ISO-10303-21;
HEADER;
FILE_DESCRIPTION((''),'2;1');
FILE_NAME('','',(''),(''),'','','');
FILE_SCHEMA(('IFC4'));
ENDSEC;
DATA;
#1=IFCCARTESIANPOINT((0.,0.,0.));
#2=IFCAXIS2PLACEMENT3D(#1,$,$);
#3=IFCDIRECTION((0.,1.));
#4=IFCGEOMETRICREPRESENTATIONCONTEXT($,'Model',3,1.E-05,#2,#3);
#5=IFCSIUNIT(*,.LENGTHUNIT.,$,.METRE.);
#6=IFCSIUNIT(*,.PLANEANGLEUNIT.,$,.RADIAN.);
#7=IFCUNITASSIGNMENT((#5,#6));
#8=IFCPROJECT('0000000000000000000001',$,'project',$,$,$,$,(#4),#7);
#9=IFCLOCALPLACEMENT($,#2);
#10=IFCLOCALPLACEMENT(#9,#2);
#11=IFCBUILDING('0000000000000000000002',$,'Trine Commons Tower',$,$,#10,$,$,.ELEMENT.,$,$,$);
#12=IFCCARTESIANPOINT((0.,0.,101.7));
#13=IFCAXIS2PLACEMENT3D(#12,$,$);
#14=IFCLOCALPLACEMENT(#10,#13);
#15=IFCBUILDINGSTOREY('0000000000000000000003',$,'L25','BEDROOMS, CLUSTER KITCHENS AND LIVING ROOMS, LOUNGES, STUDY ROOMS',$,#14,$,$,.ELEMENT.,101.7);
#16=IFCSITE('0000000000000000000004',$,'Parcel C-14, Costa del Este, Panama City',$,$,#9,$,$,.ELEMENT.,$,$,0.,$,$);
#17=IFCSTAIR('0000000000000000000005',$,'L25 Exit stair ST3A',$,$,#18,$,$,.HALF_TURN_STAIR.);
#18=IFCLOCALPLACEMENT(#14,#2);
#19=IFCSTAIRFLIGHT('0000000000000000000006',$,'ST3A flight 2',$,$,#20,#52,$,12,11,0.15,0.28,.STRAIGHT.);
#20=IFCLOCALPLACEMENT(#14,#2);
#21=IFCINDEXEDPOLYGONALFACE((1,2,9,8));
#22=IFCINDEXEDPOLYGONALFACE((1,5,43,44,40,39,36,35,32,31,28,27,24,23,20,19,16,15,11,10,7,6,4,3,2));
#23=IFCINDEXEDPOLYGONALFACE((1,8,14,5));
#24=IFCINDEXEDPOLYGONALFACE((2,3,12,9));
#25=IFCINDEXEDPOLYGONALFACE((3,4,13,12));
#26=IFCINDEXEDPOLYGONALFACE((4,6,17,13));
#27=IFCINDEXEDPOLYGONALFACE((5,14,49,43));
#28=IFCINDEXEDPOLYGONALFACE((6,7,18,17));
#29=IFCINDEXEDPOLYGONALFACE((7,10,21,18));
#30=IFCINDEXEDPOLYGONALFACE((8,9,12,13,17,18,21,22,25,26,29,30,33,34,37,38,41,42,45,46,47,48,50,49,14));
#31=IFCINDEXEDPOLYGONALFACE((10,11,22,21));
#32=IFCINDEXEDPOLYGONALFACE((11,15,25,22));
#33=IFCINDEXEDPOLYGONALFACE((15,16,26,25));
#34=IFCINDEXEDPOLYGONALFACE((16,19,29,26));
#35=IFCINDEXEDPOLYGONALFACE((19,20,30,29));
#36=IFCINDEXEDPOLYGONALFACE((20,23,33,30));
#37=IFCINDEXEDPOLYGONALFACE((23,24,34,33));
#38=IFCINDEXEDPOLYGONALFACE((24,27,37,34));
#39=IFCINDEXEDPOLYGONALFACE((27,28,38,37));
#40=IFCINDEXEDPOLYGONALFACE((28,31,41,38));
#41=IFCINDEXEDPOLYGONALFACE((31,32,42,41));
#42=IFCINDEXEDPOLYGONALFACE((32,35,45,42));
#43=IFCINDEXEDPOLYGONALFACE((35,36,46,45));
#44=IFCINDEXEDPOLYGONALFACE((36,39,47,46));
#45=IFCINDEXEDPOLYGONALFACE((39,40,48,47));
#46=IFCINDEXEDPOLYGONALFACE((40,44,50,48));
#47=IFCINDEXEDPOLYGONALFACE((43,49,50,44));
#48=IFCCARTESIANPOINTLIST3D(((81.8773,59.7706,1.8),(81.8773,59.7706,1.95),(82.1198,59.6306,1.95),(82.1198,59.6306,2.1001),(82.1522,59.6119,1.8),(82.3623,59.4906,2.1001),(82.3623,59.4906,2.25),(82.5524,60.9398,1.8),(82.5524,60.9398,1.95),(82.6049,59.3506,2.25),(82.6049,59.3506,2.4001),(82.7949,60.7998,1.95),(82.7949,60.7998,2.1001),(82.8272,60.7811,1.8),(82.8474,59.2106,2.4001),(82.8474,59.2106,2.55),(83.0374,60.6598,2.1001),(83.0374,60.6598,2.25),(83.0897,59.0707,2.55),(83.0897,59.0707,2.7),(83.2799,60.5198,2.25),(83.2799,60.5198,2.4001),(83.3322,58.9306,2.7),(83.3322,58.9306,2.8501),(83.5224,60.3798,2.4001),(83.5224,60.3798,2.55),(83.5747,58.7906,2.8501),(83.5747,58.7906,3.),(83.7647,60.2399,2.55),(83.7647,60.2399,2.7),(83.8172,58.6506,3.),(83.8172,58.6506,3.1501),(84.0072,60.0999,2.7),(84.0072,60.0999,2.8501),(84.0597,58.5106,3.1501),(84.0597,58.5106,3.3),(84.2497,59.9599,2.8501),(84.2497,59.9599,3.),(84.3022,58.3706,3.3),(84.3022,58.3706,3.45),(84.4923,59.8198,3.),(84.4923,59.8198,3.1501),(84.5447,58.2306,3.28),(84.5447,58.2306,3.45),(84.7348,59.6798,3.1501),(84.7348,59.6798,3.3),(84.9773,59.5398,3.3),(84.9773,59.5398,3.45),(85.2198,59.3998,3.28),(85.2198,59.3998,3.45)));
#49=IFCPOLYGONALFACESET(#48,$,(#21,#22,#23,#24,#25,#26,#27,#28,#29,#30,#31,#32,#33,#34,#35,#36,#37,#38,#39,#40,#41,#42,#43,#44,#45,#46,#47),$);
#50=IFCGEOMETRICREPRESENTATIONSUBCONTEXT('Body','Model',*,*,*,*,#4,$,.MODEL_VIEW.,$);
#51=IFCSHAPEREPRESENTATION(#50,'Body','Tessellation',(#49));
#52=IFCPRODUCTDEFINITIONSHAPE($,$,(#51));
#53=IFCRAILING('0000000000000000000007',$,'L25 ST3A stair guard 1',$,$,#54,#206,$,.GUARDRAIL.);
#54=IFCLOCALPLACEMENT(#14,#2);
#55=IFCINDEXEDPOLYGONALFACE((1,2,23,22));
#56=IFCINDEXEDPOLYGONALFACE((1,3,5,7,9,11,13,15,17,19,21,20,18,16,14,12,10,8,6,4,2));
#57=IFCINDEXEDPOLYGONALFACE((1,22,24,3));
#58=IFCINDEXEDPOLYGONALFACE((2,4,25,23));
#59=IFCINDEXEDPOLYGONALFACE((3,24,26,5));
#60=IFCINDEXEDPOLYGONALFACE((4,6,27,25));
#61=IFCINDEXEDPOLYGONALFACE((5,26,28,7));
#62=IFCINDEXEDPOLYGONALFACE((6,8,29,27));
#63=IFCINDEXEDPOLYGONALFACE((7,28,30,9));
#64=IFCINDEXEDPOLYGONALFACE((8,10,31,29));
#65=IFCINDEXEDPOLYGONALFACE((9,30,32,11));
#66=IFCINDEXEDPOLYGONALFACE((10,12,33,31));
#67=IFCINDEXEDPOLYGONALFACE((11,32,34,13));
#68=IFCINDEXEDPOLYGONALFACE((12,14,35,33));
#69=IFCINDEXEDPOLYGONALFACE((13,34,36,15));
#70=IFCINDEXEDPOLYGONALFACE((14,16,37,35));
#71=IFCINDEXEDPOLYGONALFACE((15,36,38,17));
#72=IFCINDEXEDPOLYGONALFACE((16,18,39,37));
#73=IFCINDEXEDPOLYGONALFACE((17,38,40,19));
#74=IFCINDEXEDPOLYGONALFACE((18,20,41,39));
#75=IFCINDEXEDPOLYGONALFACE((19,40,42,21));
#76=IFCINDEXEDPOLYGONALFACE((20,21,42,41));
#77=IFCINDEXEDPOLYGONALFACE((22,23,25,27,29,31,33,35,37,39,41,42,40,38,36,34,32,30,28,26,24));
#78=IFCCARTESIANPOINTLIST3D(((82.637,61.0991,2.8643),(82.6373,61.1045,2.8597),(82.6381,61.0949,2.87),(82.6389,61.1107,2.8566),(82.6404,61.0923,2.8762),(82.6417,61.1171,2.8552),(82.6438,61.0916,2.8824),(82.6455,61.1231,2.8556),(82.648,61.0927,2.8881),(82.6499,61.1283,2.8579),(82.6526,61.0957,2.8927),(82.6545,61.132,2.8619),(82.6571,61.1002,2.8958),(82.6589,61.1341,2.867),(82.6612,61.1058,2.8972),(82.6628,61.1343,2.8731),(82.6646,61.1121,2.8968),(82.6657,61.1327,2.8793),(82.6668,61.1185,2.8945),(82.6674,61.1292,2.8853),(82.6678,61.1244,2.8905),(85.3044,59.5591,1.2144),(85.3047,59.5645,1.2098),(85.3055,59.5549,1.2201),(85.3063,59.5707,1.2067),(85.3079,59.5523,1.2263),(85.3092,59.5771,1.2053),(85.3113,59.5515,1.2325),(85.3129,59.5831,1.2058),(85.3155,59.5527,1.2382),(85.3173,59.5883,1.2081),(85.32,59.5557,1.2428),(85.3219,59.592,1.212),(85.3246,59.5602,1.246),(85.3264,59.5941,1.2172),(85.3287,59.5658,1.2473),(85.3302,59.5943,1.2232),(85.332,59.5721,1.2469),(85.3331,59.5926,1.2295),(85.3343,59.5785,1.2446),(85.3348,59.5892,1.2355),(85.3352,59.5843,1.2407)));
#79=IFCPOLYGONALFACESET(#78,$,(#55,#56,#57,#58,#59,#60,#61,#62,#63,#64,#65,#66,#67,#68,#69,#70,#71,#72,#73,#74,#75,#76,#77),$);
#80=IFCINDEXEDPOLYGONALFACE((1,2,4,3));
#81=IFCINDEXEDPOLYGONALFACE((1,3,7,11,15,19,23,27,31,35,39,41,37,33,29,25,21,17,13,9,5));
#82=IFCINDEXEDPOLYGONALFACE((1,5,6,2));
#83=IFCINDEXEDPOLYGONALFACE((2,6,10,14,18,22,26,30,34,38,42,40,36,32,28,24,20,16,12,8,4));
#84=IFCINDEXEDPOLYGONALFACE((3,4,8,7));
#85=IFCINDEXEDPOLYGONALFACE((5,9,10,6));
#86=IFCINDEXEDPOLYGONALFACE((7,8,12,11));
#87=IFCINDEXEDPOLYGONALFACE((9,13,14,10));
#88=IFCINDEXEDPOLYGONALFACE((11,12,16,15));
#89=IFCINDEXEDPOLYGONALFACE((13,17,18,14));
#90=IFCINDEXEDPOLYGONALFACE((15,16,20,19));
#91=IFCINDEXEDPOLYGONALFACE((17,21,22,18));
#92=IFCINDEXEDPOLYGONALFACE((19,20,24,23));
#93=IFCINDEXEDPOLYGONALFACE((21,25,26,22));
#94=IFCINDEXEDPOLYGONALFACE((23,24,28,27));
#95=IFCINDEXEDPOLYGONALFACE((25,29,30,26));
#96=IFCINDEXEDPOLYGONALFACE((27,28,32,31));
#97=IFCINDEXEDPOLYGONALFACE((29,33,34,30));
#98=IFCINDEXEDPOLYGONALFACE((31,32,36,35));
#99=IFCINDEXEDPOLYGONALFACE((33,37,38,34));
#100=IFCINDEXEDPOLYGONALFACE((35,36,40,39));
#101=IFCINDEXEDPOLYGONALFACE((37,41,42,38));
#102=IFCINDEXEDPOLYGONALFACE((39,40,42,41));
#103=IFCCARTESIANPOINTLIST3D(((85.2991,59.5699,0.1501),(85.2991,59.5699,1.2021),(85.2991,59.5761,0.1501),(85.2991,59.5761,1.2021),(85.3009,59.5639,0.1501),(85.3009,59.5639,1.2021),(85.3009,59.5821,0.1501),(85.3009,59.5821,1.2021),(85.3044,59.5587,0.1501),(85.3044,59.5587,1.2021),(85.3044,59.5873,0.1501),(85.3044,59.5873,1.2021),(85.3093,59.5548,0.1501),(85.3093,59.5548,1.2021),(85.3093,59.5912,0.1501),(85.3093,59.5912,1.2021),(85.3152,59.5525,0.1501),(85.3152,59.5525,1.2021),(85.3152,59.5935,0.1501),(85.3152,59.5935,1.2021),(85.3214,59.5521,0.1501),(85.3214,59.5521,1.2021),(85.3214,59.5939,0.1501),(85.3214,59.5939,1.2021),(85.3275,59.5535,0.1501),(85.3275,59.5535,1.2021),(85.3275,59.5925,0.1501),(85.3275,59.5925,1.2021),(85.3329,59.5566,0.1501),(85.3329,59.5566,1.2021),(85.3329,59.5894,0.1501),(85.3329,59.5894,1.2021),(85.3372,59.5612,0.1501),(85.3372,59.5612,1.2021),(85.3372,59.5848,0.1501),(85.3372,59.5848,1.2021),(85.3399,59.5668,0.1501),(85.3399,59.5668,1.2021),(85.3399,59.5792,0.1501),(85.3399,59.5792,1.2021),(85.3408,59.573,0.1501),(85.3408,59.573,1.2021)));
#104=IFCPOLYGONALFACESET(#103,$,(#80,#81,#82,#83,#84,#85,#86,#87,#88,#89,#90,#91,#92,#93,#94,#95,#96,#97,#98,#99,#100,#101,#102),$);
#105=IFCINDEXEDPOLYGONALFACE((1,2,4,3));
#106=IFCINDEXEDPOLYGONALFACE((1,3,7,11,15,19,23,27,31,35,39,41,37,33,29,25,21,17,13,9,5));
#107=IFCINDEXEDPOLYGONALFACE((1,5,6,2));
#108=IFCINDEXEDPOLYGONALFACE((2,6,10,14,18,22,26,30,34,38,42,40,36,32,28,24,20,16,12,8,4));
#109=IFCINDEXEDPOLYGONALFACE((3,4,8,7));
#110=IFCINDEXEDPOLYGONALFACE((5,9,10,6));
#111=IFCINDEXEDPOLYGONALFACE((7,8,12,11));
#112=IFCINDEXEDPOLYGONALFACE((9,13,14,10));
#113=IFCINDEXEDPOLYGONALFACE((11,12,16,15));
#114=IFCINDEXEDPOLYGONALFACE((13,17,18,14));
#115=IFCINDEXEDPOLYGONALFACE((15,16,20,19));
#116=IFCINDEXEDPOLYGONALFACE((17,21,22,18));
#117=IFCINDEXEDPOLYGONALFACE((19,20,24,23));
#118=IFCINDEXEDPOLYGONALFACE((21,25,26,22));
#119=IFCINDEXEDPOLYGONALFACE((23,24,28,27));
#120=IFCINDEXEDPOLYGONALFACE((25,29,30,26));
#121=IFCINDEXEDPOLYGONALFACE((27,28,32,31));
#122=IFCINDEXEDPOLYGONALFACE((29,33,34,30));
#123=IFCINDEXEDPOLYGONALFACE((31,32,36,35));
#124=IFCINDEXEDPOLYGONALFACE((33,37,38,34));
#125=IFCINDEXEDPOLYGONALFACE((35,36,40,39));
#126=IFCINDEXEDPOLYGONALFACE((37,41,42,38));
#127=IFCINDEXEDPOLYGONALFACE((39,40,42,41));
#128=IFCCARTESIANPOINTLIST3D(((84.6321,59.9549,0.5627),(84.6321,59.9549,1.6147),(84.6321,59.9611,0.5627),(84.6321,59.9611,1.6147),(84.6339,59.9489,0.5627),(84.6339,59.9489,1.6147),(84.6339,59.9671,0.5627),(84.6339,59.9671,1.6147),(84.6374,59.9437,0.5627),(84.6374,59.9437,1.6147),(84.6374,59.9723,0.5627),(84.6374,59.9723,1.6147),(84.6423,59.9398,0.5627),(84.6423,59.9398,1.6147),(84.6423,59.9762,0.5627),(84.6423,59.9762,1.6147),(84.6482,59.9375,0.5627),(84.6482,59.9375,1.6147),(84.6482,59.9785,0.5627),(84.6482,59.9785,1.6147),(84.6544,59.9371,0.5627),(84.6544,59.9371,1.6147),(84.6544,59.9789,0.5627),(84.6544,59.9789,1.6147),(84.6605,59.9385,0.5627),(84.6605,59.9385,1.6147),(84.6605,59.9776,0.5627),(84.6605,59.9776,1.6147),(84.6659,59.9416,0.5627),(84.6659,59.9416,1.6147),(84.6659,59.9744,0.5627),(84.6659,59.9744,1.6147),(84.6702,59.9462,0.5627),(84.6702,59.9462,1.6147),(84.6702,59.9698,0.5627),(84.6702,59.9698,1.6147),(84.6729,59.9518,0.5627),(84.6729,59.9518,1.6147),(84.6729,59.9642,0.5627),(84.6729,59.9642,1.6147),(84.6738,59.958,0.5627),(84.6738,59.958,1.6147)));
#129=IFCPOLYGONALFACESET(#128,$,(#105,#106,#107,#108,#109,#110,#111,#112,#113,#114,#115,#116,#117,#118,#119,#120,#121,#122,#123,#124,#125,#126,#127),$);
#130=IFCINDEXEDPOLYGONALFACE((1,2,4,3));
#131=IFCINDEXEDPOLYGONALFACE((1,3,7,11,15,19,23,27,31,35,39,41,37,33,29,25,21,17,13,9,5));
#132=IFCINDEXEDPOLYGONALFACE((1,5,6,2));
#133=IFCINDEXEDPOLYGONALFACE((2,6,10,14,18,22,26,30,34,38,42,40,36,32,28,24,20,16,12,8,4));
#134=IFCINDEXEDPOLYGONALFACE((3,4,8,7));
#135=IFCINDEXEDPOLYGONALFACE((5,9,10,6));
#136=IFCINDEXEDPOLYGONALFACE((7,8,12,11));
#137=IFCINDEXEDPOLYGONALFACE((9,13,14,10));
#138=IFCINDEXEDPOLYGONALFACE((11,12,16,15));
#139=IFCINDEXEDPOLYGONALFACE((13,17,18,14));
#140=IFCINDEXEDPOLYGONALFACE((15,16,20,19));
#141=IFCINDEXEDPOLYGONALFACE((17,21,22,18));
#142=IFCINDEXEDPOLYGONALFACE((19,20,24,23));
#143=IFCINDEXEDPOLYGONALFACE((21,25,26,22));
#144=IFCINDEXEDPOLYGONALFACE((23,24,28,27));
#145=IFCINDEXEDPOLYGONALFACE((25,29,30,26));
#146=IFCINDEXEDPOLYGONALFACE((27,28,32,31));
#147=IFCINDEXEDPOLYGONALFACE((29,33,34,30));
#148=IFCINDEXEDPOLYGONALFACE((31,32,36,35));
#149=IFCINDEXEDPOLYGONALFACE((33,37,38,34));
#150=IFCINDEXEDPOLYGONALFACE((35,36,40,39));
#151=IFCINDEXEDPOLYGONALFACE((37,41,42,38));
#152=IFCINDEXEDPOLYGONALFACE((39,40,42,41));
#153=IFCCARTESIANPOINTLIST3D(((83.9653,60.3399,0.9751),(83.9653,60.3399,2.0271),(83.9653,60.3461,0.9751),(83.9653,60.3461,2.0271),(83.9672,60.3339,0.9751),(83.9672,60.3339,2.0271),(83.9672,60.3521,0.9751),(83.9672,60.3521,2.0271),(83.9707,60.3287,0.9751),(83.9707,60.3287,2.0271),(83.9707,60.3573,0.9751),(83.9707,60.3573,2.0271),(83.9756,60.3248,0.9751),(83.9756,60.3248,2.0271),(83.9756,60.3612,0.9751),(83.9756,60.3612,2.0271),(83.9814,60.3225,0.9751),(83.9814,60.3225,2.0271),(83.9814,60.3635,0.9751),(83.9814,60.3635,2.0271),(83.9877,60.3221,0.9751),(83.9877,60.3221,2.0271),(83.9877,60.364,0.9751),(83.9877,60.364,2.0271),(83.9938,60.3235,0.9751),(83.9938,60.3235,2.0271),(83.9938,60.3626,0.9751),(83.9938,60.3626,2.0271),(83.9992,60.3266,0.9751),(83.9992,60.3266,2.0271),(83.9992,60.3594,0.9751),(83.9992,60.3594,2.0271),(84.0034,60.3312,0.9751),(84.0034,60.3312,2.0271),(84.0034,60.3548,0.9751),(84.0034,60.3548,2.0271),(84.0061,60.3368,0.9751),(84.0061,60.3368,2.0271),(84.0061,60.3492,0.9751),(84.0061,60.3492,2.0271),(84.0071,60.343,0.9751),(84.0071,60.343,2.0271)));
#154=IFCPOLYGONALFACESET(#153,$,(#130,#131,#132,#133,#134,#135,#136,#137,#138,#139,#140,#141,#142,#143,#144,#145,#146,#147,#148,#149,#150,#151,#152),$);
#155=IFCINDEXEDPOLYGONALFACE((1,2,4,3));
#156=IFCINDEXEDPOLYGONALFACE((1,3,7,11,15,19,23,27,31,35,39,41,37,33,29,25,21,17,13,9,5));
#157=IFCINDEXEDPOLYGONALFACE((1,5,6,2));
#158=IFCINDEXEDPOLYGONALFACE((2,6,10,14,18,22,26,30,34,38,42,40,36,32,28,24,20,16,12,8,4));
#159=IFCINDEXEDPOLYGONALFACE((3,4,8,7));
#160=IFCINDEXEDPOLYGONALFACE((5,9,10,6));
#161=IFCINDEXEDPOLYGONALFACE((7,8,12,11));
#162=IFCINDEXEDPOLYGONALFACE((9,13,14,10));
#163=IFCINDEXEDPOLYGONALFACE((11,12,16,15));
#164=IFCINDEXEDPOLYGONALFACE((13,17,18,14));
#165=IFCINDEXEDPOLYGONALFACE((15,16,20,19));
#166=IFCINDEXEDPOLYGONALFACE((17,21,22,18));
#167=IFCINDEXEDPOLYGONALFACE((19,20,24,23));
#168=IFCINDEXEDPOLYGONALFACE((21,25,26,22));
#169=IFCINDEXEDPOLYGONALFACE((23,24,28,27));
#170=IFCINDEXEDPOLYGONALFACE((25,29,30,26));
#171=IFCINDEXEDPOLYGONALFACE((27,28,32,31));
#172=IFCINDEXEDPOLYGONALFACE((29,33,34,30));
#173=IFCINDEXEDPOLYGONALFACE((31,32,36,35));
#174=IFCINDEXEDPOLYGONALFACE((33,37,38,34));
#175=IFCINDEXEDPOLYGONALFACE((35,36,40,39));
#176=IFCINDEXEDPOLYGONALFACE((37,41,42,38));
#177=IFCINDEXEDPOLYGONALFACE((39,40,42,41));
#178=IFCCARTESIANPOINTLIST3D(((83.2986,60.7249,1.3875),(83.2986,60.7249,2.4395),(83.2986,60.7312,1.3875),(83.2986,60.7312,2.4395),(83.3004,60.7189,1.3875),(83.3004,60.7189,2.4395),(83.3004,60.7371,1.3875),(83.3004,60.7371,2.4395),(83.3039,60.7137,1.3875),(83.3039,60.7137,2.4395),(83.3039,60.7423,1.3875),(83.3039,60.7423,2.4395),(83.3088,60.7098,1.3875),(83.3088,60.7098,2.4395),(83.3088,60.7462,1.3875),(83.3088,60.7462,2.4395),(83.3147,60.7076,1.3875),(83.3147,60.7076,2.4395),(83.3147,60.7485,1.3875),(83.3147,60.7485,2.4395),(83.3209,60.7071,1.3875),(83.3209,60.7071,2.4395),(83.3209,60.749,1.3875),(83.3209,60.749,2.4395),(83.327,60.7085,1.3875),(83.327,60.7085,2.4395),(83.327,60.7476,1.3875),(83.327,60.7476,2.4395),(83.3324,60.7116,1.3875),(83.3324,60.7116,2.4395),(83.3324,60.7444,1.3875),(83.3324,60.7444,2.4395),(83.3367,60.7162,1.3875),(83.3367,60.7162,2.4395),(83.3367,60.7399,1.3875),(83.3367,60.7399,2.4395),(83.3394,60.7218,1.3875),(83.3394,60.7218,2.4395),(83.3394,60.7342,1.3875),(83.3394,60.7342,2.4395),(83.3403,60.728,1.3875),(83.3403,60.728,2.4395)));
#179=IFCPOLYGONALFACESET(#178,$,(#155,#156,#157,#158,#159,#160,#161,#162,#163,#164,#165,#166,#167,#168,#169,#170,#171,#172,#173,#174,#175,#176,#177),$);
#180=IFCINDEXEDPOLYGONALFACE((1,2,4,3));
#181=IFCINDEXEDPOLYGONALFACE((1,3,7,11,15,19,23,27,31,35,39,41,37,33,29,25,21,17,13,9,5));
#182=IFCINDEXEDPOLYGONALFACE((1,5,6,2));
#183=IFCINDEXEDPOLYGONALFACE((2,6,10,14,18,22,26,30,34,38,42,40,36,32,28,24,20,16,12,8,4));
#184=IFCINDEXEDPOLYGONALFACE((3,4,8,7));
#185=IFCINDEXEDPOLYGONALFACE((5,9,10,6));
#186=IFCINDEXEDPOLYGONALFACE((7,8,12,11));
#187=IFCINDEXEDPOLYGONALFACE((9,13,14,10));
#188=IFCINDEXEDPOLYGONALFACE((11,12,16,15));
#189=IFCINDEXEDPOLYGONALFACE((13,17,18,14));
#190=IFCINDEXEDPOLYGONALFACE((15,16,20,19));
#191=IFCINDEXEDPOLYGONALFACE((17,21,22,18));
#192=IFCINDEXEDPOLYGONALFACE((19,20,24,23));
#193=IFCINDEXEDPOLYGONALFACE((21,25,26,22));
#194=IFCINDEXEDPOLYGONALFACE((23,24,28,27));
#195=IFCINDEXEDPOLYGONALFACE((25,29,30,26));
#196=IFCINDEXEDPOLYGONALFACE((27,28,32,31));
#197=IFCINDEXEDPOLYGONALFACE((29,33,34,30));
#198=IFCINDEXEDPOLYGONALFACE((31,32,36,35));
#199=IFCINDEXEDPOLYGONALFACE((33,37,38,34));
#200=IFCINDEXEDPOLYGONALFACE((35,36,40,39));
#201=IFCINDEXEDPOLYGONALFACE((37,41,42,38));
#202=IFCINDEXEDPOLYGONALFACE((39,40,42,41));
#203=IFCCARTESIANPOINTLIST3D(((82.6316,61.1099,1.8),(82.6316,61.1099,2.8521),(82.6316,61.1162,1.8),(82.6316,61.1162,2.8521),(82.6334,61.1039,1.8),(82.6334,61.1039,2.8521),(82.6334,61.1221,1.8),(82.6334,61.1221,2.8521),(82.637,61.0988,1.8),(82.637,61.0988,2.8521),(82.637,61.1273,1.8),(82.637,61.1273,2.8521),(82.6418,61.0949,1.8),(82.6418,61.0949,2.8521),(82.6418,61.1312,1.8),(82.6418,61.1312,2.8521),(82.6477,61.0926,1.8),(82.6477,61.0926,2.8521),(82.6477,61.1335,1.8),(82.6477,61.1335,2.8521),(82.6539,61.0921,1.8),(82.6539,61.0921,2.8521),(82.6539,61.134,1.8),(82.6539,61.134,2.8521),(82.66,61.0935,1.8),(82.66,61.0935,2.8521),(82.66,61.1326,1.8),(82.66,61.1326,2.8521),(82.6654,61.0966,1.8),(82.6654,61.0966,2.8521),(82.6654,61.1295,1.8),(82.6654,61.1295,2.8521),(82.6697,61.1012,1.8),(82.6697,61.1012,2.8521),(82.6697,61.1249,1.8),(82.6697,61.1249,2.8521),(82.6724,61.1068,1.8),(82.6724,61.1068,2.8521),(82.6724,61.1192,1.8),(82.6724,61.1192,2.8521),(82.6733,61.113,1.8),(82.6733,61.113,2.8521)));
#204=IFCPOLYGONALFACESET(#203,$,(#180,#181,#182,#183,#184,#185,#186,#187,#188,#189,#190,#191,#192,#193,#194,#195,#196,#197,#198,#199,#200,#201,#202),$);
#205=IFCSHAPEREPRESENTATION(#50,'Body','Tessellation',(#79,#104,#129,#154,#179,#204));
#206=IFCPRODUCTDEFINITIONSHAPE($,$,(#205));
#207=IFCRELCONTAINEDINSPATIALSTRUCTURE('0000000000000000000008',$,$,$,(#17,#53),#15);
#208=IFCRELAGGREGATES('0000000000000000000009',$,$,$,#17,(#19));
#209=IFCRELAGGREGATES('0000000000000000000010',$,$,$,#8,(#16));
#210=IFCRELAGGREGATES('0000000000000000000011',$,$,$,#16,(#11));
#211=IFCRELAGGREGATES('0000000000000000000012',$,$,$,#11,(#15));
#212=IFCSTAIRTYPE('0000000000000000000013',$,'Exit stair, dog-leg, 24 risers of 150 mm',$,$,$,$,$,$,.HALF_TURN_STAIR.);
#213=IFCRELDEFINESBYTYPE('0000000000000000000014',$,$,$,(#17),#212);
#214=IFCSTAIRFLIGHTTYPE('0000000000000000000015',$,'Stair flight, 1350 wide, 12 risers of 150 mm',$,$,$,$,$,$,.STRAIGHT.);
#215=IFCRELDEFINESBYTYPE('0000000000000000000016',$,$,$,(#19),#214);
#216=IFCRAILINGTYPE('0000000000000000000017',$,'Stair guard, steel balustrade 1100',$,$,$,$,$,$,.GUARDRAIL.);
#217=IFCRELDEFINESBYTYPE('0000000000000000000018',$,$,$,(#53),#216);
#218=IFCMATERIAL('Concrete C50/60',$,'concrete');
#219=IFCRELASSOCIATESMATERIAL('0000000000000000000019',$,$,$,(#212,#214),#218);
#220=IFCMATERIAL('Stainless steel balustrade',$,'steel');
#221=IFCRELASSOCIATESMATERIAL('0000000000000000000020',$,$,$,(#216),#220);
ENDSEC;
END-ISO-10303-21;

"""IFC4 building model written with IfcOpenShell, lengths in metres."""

from ifc_helpers import new_model, si_unit, direction, frame, origin, origin_2d, place, context, subcontext, project, spatial, polyline, circle, outline, extrude, material, type_object, element, aggregate, save


model = new_model("IFC4")

# Units and contexts
model_context = context("Model", 3, precision=1e-05, world=origin(), true_north=direction((0.0, 1.0)))
body_context = subcontext(model_context, "Body", "Model", "MODEL_VIEW")
ifc_project = project(units=[si_unit("LENGTHUNIT", "METRE"), si_unit("PLANEANGLEUNIT", "RADIAN")], contexts=[model_context])

# Site, building, storey
site_placement = place(None, origin())
site = spatial("IfcSite", under=ifc_project, at=site_placement, Name="Parcel C-14, Costa del Este, Panama City", CompositionType="ELEMENT", RefElevation=0.0)
building_placement = place(site_placement, origin())
building = spatial("IfcBuilding", under=site, at=building_placement, Name="Trine Commons Tower", CompositionType="ELEMENT")
storey_placement = place(building_placement, frame((0.0, 0.0, 101.7)))
storey = spatial("IfcBuildingStorey", under=building, at=storey_placement, Name="L25", Description="BEDROOMS, CLUSTER KITCHENS AND LIVING ROOMS, LOUNGES, STUDY ROOMS", CompositionType="ELEMENT", Elevation=101.7)

# Stair, stair flight
ifc_material_1 = material(Name="Concrete C50/60", Category="concrete")
stair_type = type_object("IfcStairType", Name="Exit stair, dog-leg, 24 risers of 150 mm", PredefinedType="HALF_TURN_STAIR", material=ifc_material_1)
stair_placement = place(storey_placement, origin())
stair = element("IfcStair", 1, at=stair_placement, inside=storey, type_object=stair_type, Name="L25 Exit stair ST3A", PredefinedType="HALF_TURN_STAIR")
stair_flight_type = type_object("IfcStairFlightType", Name="Stair flight, 1350 wide, 12 risers of 150 mm", PredefinedType="STRAIGHT", material=ifc_material_1)
stair_flight_1_placement = place(storey_placement, frame((82.2148, 60.3552, 1.8), z_axis=(0.0, 0.0, 1.0), x_axis=(0.866025, -0.5, 0.0)))
stair_flight_1 = element("IfcStairFlight", 2, at=stair_flight_1_placement, type_object=stair_flight_type, Name="ST3A flight 2", NumberOfRisers=12, NumberOfTreads=11, PredefinedType="STRAIGHT", RiserHeight=0.15, TreadLength=0.28, context=body_context, shape_type="SweptSolid", body=[
    extrude(outline(polyline([(0.0, 0.0), (0.0, 0.1499), (0.28, 0.1499), (0.28, 0.3), (0.5601, 0.3), (0.5601, 0.45), (0.8401, 0.45), (0.8401, 0.6001), (1.1201, 0.6001), (1.1201, 0.75), (1.3999, 0.75), (1.3999, 0.8999), (1.6799, 0.8999), (1.6799, 1.05), (1.96, 1.05), (1.96, 1.2), (2.24, 1.2), (2.24, 1.3501), (2.52, 1.3501), (2.52, 1.5), (2.8, 1.5), (2.8, 1.6499), (3.0801, 1.6499), (3.0801, 1.8), (3.0801, 1.48), (0.3174, 0.0), (0.0, 0.0)])), frame((0.0, 0.675, 0.0), z_axis=(0.0, -1.0, 0.0), x_axis=(1.0, 0.0, 0.0)), (0.0, 0.0, 1.0), 1.3501),
])
aggregate(stair, [stair_flight_1])

# Railing
ifc_material_2 = material(Name="Stainless steel balustrade", Category="steel")
railing_type_1 = type_object("IfcRailingType", Name="Stair guard, steel balustrade 1100", PredefinedType="GUARDRAIL", material=ifc_material_2)
railing_1_placement = place(storey_placement, frame((85.3198, 59.573, 0.1501)))
element("IfcRailing", 3, at=railing_1_placement, inside=storey, type_object=railing_type_1, Name="L25 ST3A stair guard 1", PredefinedType="GUARDRAIL", context=body_context, shape_type="SweptSolid", body=[
    extrude(circle(Radius=0.0239, at=origin_2d()), frame((0.0, 0.0, 1.0762), z_axis=(-0.763405, 0.440743, 0.472185), x_axis=(-0.499992, -0.86603, 0.0)), (0.0, 0.0, 1.0), 3.4941),
    extrude(circle(Radius=0.021, at=origin_2d()), origin(), (0.0, 0.0, 1.0), 1.052),
    extrude(circle(Radius=0.021, at=origin_2d()), frame((-0.667, 0.385, 0.4126)), (0.0, 0.0, 1.0), 1.052),
    extrude(circle(Radius=0.021, at=origin_2d()), frame((-1.3337, 0.77, 0.825)), (0.0, 0.0, 1.0), 1.052),
    extrude(circle(Radius=0.021, at=origin_2d()), frame((-2.0005, 1.155, 1.2373)), (0.0, 0.0, 1.0), 1.052),
    extrude(circle(Radius=0.021, at=origin_2d()), frame((-2.6675, 1.54, 1.6499)), (0.0, 0.0, 1.0), 1.052),
])

save(model, "model.ifc")
